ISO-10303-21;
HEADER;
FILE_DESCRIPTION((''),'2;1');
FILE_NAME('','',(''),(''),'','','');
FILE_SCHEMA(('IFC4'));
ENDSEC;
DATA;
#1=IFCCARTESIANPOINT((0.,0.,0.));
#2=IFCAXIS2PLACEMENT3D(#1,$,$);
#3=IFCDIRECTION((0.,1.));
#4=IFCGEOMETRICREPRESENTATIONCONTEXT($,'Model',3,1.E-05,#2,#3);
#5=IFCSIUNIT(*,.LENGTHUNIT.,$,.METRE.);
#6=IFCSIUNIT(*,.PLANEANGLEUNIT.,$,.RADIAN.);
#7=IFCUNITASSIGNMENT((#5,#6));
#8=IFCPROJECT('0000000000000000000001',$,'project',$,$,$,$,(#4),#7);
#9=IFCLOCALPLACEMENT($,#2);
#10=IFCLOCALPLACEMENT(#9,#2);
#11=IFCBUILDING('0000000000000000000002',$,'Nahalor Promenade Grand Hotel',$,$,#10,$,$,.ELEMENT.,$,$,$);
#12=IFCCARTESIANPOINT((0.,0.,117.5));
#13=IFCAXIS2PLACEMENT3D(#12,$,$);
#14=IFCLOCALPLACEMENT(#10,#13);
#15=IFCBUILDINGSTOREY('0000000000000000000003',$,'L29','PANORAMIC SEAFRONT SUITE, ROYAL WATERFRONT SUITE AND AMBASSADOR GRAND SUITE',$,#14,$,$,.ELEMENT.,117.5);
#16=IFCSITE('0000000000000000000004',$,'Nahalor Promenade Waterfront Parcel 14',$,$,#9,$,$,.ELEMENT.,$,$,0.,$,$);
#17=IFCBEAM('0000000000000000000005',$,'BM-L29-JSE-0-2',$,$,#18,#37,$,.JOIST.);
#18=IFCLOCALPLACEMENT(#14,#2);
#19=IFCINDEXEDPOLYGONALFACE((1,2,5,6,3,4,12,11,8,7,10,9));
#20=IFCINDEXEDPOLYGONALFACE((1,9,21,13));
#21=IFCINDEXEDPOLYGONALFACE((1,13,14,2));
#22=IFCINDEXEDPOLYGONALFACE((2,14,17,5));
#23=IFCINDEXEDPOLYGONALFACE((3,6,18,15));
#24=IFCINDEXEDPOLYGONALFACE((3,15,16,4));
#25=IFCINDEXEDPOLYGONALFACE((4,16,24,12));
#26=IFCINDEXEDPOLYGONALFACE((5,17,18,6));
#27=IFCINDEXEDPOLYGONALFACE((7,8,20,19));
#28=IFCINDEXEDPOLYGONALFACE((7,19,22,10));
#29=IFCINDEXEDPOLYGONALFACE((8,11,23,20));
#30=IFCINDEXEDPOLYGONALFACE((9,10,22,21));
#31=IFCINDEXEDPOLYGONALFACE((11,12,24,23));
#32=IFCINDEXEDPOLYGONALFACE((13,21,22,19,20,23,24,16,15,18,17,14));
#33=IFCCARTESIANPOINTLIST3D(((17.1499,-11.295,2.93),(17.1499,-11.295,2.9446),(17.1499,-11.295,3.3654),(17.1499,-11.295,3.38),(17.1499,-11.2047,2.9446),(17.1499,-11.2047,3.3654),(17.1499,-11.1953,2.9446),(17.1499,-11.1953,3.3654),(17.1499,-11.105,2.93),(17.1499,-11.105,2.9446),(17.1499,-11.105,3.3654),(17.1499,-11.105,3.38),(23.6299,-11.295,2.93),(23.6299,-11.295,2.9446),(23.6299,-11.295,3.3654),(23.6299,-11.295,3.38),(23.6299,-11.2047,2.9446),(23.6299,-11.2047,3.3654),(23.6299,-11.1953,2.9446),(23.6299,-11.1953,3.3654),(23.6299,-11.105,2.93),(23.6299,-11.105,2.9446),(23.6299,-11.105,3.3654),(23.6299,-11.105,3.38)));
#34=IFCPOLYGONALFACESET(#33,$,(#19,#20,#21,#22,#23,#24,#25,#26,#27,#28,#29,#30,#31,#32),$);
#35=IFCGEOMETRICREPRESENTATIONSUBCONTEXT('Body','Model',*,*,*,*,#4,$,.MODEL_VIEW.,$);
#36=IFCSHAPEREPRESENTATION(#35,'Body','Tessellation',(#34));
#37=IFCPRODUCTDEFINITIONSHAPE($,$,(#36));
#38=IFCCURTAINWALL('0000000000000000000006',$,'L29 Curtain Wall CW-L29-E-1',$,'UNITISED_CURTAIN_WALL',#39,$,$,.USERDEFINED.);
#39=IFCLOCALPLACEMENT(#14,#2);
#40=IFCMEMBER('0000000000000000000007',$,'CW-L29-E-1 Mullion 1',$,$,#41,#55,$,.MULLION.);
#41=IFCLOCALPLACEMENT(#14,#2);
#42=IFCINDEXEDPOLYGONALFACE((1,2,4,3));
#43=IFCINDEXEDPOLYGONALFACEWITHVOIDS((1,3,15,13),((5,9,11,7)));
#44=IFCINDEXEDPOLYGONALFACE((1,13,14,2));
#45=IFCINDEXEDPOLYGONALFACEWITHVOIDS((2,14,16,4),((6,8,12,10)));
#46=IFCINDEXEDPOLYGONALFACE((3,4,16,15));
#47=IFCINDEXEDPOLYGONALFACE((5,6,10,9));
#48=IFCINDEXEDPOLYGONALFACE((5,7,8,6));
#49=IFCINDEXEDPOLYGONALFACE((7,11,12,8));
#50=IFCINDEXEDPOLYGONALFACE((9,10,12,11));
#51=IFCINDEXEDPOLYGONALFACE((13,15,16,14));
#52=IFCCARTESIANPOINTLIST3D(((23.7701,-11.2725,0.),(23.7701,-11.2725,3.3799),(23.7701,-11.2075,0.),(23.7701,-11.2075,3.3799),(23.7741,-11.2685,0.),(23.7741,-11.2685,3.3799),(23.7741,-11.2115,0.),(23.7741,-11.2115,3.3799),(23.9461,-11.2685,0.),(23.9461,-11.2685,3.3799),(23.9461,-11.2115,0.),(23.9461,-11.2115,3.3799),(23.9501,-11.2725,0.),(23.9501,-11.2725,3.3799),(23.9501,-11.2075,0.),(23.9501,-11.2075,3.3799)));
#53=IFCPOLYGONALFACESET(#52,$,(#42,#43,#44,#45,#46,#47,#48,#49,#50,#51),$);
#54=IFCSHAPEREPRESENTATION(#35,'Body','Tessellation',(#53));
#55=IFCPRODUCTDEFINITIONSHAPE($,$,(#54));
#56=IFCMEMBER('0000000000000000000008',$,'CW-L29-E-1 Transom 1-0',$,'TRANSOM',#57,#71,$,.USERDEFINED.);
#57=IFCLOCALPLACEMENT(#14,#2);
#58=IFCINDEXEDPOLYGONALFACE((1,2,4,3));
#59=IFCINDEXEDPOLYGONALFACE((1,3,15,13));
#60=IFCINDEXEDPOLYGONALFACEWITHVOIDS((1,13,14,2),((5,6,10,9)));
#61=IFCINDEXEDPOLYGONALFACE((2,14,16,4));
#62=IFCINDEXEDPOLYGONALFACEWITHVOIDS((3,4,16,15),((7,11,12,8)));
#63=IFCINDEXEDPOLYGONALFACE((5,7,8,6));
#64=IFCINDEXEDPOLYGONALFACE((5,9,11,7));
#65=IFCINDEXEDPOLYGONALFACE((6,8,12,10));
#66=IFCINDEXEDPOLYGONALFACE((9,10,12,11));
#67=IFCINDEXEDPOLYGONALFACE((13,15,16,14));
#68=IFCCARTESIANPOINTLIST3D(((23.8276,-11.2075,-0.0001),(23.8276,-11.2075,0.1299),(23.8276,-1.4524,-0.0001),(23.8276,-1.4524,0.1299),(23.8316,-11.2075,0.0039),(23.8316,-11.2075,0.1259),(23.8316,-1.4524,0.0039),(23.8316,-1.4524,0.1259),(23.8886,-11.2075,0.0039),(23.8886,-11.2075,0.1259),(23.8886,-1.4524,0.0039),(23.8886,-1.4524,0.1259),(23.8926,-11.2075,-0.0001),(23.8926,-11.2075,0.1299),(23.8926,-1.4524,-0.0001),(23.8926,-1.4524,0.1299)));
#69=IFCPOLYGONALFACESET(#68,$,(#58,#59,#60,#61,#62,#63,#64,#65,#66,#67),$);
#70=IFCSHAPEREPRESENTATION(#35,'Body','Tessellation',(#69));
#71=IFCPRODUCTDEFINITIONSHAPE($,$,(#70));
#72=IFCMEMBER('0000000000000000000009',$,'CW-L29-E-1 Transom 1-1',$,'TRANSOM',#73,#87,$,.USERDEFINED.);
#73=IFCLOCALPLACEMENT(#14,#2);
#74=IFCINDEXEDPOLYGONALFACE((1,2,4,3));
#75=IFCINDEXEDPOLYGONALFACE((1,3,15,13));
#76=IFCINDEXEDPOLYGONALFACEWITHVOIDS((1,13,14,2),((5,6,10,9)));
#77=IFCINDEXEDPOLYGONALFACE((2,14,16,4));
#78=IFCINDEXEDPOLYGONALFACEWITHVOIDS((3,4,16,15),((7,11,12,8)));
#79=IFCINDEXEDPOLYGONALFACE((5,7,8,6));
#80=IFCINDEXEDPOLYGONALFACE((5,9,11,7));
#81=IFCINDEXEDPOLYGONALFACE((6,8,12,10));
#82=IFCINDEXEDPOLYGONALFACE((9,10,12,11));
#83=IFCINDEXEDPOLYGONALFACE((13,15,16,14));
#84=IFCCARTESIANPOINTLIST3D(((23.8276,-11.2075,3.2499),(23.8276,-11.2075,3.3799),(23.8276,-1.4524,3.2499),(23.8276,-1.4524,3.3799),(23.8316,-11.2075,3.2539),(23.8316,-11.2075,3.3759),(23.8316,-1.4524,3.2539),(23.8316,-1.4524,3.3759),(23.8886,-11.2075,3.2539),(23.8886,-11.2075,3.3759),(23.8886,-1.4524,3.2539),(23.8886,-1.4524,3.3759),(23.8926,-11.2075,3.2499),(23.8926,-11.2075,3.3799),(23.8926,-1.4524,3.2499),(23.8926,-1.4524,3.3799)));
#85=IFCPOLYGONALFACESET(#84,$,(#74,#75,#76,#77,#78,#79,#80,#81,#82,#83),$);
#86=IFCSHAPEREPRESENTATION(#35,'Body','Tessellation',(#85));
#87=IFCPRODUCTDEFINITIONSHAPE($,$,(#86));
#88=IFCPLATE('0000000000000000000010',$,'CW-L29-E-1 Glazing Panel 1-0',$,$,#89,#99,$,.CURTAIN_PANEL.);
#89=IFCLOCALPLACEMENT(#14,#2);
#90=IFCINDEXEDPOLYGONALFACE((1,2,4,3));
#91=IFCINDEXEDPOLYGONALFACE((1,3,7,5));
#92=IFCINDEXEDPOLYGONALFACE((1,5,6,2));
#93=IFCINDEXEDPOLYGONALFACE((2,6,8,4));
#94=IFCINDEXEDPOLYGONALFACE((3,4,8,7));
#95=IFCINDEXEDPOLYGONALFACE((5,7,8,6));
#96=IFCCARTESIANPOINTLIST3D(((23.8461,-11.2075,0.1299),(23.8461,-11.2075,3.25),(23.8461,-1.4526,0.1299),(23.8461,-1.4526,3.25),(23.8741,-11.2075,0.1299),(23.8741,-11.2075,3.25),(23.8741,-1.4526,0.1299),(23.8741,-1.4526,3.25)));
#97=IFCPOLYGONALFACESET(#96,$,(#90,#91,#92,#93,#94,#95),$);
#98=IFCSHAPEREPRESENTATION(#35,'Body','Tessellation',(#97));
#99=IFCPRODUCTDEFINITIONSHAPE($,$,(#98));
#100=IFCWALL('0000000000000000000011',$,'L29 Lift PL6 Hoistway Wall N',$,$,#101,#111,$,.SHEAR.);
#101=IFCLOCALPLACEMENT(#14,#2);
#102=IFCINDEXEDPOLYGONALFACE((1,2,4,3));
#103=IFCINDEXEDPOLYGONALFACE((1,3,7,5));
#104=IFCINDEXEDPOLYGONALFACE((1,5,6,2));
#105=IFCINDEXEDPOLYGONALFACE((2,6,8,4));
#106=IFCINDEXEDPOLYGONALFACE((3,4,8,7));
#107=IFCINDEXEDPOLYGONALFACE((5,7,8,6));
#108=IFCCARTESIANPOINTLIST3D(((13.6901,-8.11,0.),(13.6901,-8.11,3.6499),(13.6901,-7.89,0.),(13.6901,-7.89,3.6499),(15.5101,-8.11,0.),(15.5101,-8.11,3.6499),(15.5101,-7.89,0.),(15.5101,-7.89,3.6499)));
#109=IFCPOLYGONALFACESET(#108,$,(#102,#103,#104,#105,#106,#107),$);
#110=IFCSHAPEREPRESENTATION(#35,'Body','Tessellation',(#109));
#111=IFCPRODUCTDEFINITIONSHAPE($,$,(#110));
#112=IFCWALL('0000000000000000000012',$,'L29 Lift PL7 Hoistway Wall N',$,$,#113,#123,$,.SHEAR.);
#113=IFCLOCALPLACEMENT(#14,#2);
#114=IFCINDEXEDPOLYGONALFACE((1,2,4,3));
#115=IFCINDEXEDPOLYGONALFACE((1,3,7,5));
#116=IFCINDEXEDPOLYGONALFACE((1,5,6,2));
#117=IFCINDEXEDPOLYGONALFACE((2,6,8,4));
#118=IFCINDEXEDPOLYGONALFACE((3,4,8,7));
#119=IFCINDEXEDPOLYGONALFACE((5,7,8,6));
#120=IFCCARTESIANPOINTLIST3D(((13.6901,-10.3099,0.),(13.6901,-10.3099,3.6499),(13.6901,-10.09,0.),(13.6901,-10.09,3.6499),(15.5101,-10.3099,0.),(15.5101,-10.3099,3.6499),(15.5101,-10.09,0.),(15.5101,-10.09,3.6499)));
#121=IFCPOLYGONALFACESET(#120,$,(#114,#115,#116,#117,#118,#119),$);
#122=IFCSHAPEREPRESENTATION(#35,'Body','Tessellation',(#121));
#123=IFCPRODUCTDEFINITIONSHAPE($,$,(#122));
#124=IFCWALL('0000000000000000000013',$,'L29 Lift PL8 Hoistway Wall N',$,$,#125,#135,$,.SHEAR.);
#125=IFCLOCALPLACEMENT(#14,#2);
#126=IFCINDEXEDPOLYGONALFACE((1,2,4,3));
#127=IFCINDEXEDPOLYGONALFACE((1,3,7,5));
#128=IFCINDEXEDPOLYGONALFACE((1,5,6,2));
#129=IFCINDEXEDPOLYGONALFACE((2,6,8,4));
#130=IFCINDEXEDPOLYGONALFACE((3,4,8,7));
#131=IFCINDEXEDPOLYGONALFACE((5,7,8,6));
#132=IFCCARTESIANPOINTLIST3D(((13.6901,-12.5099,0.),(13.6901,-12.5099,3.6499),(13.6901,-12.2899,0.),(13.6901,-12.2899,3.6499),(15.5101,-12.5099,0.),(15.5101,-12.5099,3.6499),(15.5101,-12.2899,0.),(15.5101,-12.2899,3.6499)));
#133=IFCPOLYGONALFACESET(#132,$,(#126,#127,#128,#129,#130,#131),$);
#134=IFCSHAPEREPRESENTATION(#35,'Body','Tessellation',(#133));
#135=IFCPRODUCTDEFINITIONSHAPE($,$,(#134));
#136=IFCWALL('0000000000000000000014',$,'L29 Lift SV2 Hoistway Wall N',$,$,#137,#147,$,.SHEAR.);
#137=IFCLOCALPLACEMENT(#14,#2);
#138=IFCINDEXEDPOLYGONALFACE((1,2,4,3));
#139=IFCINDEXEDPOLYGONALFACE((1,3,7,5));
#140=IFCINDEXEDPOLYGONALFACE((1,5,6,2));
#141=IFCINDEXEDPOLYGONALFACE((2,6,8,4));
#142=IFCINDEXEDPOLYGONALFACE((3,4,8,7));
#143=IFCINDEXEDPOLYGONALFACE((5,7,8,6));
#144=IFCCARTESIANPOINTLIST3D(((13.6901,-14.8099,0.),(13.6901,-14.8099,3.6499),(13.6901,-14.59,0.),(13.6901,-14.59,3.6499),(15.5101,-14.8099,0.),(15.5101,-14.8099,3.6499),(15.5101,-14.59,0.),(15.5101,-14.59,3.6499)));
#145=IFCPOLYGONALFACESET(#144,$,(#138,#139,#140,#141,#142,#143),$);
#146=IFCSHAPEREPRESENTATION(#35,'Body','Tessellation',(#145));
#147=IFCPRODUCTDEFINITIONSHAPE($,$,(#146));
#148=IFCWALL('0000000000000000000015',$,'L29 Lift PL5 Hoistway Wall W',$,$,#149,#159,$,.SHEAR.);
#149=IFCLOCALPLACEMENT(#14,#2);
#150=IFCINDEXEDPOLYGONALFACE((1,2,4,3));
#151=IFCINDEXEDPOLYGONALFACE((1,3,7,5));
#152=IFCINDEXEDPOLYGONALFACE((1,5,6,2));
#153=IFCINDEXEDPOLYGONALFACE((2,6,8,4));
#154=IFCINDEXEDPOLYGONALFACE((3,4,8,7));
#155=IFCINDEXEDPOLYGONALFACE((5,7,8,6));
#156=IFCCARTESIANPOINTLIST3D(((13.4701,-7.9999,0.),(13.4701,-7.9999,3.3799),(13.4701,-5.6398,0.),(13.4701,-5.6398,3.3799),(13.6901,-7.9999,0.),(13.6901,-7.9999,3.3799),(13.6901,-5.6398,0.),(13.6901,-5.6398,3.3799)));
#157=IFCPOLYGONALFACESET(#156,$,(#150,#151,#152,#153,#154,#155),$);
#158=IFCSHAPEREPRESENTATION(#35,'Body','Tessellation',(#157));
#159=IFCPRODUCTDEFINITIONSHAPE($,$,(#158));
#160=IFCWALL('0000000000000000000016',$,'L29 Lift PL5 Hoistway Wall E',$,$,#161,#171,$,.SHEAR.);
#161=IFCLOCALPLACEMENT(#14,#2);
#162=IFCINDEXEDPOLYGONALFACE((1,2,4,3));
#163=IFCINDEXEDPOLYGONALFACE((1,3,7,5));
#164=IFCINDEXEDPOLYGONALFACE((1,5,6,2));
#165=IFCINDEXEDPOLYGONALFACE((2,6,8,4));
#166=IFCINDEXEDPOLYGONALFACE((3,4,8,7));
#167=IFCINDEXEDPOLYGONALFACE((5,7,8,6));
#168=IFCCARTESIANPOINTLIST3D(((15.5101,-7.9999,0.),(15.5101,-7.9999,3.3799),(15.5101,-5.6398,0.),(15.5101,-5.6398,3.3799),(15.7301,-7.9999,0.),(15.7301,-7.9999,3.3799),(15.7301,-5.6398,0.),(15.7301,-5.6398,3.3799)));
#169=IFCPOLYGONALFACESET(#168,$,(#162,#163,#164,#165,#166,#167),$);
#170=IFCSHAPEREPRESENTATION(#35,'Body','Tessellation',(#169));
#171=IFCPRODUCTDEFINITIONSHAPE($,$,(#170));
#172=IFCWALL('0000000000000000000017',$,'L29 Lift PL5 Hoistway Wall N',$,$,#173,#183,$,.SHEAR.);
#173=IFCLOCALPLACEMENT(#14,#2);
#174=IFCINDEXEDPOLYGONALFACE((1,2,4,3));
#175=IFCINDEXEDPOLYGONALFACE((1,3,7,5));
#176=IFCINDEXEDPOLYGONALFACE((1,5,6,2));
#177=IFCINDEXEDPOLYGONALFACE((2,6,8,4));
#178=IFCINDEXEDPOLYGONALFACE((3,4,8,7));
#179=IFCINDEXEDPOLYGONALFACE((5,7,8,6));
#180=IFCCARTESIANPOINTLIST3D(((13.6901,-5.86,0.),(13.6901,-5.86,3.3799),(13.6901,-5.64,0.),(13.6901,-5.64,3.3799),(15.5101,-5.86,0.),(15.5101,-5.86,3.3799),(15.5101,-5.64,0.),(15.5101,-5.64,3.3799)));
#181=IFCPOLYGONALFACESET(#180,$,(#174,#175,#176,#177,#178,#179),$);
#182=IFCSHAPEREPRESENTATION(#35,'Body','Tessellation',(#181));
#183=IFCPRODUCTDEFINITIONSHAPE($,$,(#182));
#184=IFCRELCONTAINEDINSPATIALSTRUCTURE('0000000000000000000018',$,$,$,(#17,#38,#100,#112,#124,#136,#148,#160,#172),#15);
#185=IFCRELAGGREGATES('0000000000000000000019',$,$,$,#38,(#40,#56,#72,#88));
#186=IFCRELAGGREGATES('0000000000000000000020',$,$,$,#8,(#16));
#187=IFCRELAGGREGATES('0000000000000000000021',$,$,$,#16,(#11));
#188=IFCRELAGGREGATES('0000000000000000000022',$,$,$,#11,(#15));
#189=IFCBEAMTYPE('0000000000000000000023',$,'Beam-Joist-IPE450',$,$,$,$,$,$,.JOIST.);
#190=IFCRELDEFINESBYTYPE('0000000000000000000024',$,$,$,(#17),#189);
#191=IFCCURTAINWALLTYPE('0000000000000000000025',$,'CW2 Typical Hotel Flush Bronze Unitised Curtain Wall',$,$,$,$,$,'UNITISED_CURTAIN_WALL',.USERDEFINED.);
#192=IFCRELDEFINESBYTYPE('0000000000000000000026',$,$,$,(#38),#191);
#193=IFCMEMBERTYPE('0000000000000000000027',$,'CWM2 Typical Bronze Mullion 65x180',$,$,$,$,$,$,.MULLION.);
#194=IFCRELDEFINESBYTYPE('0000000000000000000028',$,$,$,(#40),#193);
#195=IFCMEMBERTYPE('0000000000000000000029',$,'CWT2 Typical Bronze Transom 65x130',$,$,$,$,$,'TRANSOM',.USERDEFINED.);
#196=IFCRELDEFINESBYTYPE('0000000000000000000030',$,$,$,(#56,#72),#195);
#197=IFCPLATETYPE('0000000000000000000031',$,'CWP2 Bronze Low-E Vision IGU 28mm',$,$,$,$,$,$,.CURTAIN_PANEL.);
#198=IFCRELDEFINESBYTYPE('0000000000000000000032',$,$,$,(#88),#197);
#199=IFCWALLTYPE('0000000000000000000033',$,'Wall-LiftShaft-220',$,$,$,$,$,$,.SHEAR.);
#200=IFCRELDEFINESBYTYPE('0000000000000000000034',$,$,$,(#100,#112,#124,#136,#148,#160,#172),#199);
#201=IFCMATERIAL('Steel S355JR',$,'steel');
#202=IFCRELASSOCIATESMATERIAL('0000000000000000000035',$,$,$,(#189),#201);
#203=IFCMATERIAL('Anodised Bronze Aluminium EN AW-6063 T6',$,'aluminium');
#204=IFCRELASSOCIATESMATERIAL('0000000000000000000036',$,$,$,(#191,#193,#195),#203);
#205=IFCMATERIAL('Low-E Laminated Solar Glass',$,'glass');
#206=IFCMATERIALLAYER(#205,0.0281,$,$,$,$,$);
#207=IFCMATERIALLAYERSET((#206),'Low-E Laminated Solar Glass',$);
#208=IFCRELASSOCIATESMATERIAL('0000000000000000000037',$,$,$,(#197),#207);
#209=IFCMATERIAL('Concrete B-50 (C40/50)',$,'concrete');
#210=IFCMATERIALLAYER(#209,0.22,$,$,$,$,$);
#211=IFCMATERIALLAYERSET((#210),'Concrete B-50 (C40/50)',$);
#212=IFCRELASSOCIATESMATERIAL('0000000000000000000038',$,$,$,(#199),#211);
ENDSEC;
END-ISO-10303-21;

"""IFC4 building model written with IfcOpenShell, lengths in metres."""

from ifc_helpers import new_model, si_unit, direction, frame, frame_2d, origin, origin_2d, place, context, subcontext, project, spatial, rectangle, hollow_rectangle, i_section, extrude, source, transform, mapped, material, layer, layer_set, material_profile, profile_set, type_object, element, aggregate, save


model = new_model("IFC4")

# Units and contexts
model_context = context("Model", 3, precision=1e-05, world=origin(), true_north=direction((0.0, 1.0)))
body_context = subcontext(model_context, "Body", "Model", "MODEL_VIEW")
ifc_project = project(units=[si_unit("LENGTHUNIT", "METRE"), si_unit("PLANEANGLEUNIT", "RADIAN")], contexts=[model_context])

# Site, building, storey
site_placement = place(None, origin())
site = spatial("IfcSite", under=ifc_project, at=site_placement, Name="Nahalor Promenade Waterfront Parcel 14", CompositionType="ELEMENT", RefElevation=0.0)
building_placement = place(site_placement, origin())
building = spatial("IfcBuilding", under=site, at=building_placement, Name="Nahalor Promenade Grand Hotel", CompositionType="ELEMENT")
storey_placement = place(building_placement, frame((0.0, 0.0, 117.5)))
storey = spatial("IfcBuildingStorey", under=building, at=storey_placement, Name="L29", Description="PANORAMIC SEAFRONT SUITE, ROYAL WATERFRONT SUITE AND AMBASSADOR GRAND SUITE", CompositionType="ELEMENT", Elevation=117.5)

# Beam
ifc_material_1 = material(Name="Steel S355JR", Category="steel")
ifc_material_profile_1 = material_profile(ifc_material_1, i_section(OverallWidth=0.19, OverallDepth=0.45, WebThickness=0.0094, FlangeThickness=0.0146, at=origin_2d()), Name="IPE 450")
ifc_profile_set_1 = profile_set([ifc_material_profile_1], Name="Steel S355JR")
beam_type_1 = type_object("IfcBeamType", Name="Beam-Joist-IPE450", PredefinedType="JOIST", material=ifc_profile_set_1)
shared_shape_1 = source(origin(), body_context, "Body", "SweptSolid", [
    extrude(i_section(OverallWidth=0.19, OverallDepth=0.45, WebThickness=0.0094, FlangeThickness=0.0146, at=origin_2d()), origin(), (0.0, 0.0, 1.0), 6.48),
])
beam_1_placement = place(storey_placement, frame((17.1499, -11.2, 3.155), z_axis=(1.0, 0.0, 0.0), x_axis=(0.0, 1.0, 0.0)))
element("IfcBeam", 1, at=beam_1_placement, inside=storey, type_object=beam_type_1, Name="BM-L29-JSE-0-2", PredefinedType="JOIST", context=body_context, shape_type="MappedRepresentation", body=[
    mapped(shared_shape_1, transform((0.0, 0.0, 0.0), scale=1.0)),
])

# Curtain wall, members, plate
ifc_material_2 = material(Name="Anodised Bronze Aluminium EN AW-6063 T6", Category="aluminium")
curtain_wall_type = type_object("IfcCurtainWallType", Name="CW2 Typical Hotel Flush Bronze Unitised Curtain Wall", ElementType="UNITISED_CURTAIN_WALL", PredefinedType="USERDEFINED", material=ifc_material_2)
curtain_wall_placement = place(storey_placement, origin())
curtain_wall = element("IfcCurtainWall", 2, at=curtain_wall_placement, inside=storey, type_object=curtain_wall_type, Name="L29 Curtain Wall CW-L29-E-1", ObjectType="UNITISED_CURTAIN_WALL", PredefinedType="USERDEFINED")
ifc_material_profile_2 = material_profile(ifc_material_2, hollow_rectangle(XDim=0.065, YDim=0.18, WallThickness=0.004, at=origin_2d()), Name="CWM 65x180x4")
ifc_profile_set_2 = profile_set([ifc_material_profile_2], Name="Anodised Bronze Aluminium EN AW-6063 T6")
member_type_1 = type_object("IfcMemberType", Name="CWM2 Typical Bronze Mullion 65x180", PredefinedType="MULLION", material=ifc_profile_set_2)
shared_shape_2 = source(origin(), body_context, "Body", "SweptSolid", [
    extrude(hollow_rectangle(XDim=0.065, YDim=0.18, WallThickness=0.004, at=origin_2d()), origin(), (0.0, 0.0, 1.0), 3.3799),
])
member_1_placement = place(storey_placement, frame((23.8601, -11.24, 0.0), z_axis=(0.0, 0.0, 1.0), x_axis=(0.0, 1.0, 0.0)))
member_1 = element("IfcMember", 3, at=member_1_placement, type_object=member_type_1, Name="CW-L29-E-1 Mullion 1", PredefinedType="MULLION", context=body_context, shape_type="MappedRepresentation", body=[
    mapped(shared_shape_2, transform((0.0, 0.0, 0.0), scale=1.0)),
])
ifc_material_profile_3 = material_profile(ifc_material_2, hollow_rectangle(XDim=0.065, YDim=0.13, WallThickness=0.004, at=origin_2d()), Name="CWT 65x130x4")
ifc_profile_set_3 = profile_set([ifc_material_profile_3], Name="Anodised Bronze Aluminium EN AW-6063 T6")
member_type_2 = type_object("IfcMemberType", Name="CWT2 Typical Bronze Transom 65x130", ElementType="TRANSOM", PredefinedType="USERDEFINED", material=ifc_profile_set_3)
shared_shape_3 = source(origin(), body_context, "Body", "SweptSolid", [
    extrude(hollow_rectangle(XDim=0.065, YDim=0.13, WallThickness=0.004, at=origin_2d()), origin(), (0.0, 0.0, 1.0), 9.7551),
])
member_2_placement = place(storey_placement, frame((23.8601, -11.2075, 0.0649), z_axis=(0.0, 1.0, 0.0), x_axis=(-1.0, 0.0, 0.0)))
member_2 = element("IfcMember", 4, at=member_2_placement, type_object=member_type_2, Name="CW-L29-E-1 Transom 1-0", ObjectType="TRANSOM", PredefinedType="USERDEFINED", context=body_context, shape_type="MappedRepresentation", body=[
    mapped(shared_shape_3, transform((0.0, 0.0, 0.0), scale=1.0)),
])
member_3_placement = place(storey_placement, frame((23.8601, -11.2075, 3.3149), z_axis=(0.0, 1.0, 0.0), x_axis=(-1.0, 0.0, 0.0)))
member_3 = element("IfcMember", 5, at=member_3_placement, type_object=member_type_2, Name="CW-L29-E-1 Transom 1-1", ObjectType="TRANSOM", PredefinedType="USERDEFINED", context=body_context, shape_type="MappedRepresentation", body=[
    mapped(shared_shape_3, transform((0.0, 0.0, 0.0), scale=1.0)),
])
ifc_material_3 = material(Name="Low-E Laminated Solar Glass", Category="glass")
ifc_layer_1 = layer(ifc_material_3, 0.0281)
ifc_layer_set_1 = layer_set([ifc_layer_1], Name="Low-E Laminated Solar Glass")
plate_type = type_object("IfcPlateType", Name="CWP2 Bronze Low-E Vision IGU 28mm", PredefinedType="CURTAIN_PANEL", material=ifc_layer_set_1)
shared_shape_4 = source(origin(), body_context, "Body", "SweptSolid", [
    extrude(rectangle(XDim=9.7549, YDim=0.0281, at=origin_2d()), origin(), (0.0, 0.0, 1.0), 3.1201),
])
plate_placement = place(storey_placement, frame((23.8601, -6.3301, 0.1299), z_axis=(0.0, 0.0, 1.0), x_axis=(0.0, 1.0, 0.0)))
plate = element("IfcPlate", 6, at=plate_placement, type_object=plate_type, Name="CW-L29-E-1 Glazing Panel 1-0", PredefinedType="CURTAIN_PANEL", context=body_context, shape_type="MappedRepresentation", body=[
    mapped(shared_shape_4, transform((0.0, 0.0, 0.0), scale=1.0)),
])
aggregate(curtain_wall, [member_1, member_2, member_3, plate])

# Walls
ifc_material_4 = material(Name="Concrete B-50 (C40/50)", Category="concrete")
ifc_layer_2 = layer(ifc_material_4, 0.22)
ifc_layer_set_2 = layer_set([ifc_layer_2], Name="Concrete B-50 (C40/50)")
wall_type_1 = type_object("IfcWallType", Name="Wall-LiftShaft-220", PredefinedType="SHEAR", material=ifc_layer_set_2)
shared_shape_5 = source(origin(), body_context, "Body", "SweptSolid", [
    extrude(rectangle(XDim=1.8201, YDim=0.22, at=frame_2d((0.9102, 0.0))), origin(), (0.0, 0.0, 1.0), 3.6499),
])
for number, where, z_axis, x_axis, name in (
    (7, (13.6899, -8.0, 0.0), (0.0, 0.0, 1.0), (1.0, 0.0, 0.0), "L29 Lift PL6 Hoistway Wall N"),
    (8, (13.6899, -10.2, 0.0), (0.0, 0.0, 1.0), (1.0, 0.0, 0.0), "L29 Lift PL7 Hoistway Wall N"),
    (9, (13.6899, -12.3999, 0.0), (0.0, 0.0, 1.0), (1.0, 0.0, 0.0), "L29 Lift PL8 Hoistway Wall N"),
    (10, (13.6899, -14.7, 0.0), (0.0, 0.0, 1.0), (1.0, 0.0, 0.0), "L29 Lift SV2 Hoistway Wall N"),
):
    element("IfcWall", number, at=place(storey_placement, frame(where, z_axis=z_axis, x_axis=x_axis)), inside=storey, type_object=wall_type_1, Name=name, PredefinedType="SHEAR", context=body_context, shape_type="MappedRepresentation", body=[
        mapped(shared_shape_5, transform((0.0, 0.0, 0.0), scale=1.0)),
    ])
shared_shape_6 = source(origin(), body_context, "Body", "SweptSolid", [
    extrude(rectangle(XDim=2.3601, YDim=0.22, at=frame_2d((1.1802, 0.0))), origin(), (0.0, 0.0, 1.0), 3.3799),
])
for number, where, z_axis, x_axis, name in (
    (11, (13.5801, -8.0, 0.0), (0.0, 0.0, 1.0), (0.0, 1.0, 0.0), "L29 Lift PL5 Hoistway Wall W"),
    (12, (15.6201, -8.0, 0.0), (0.0, 0.0, 1.0), (0.0, 1.0, 0.0), "L29 Lift PL5 Hoistway Wall E"),
):
    element("IfcWall", number, at=place(storey_placement, frame(where, z_axis=z_axis, x_axis=x_axis)), inside=storey, type_object=wall_type_1, Name=name, PredefinedType="SHEAR", context=body_context, shape_type="MappedRepresentation", body=[
        mapped(shared_shape_6, transform((0.0, 0.0, 0.0), scale=1.0)),
    ])
shared_shape_7 = source(origin(), body_context, "Body", "SweptSolid", [
    extrude(rectangle(XDim=1.8201, YDim=0.22, at=frame_2d((0.9102, 0.0))), origin(), (0.0, 0.0, 1.0), 3.3799),
])
wall_1_placement = place(storey_placement, frame((13.6899, -5.75, 0.0), z_axis=(0.0, 0.0, 1.0), x_axis=(1.0, 0.0, 0.0)))
element("IfcWall", 13, at=wall_1_placement, inside=storey, type_object=wall_type_1, Name="L29 Lift PL5 Hoistway Wall N", PredefinedType="SHEAR", context=body_context, shape_type="MappedRepresentation", body=[
    mapped(shared_shape_7, transform((0.0, 0.0, 0.0), scale=1.0)),
])

save(model, "model.ifc")
